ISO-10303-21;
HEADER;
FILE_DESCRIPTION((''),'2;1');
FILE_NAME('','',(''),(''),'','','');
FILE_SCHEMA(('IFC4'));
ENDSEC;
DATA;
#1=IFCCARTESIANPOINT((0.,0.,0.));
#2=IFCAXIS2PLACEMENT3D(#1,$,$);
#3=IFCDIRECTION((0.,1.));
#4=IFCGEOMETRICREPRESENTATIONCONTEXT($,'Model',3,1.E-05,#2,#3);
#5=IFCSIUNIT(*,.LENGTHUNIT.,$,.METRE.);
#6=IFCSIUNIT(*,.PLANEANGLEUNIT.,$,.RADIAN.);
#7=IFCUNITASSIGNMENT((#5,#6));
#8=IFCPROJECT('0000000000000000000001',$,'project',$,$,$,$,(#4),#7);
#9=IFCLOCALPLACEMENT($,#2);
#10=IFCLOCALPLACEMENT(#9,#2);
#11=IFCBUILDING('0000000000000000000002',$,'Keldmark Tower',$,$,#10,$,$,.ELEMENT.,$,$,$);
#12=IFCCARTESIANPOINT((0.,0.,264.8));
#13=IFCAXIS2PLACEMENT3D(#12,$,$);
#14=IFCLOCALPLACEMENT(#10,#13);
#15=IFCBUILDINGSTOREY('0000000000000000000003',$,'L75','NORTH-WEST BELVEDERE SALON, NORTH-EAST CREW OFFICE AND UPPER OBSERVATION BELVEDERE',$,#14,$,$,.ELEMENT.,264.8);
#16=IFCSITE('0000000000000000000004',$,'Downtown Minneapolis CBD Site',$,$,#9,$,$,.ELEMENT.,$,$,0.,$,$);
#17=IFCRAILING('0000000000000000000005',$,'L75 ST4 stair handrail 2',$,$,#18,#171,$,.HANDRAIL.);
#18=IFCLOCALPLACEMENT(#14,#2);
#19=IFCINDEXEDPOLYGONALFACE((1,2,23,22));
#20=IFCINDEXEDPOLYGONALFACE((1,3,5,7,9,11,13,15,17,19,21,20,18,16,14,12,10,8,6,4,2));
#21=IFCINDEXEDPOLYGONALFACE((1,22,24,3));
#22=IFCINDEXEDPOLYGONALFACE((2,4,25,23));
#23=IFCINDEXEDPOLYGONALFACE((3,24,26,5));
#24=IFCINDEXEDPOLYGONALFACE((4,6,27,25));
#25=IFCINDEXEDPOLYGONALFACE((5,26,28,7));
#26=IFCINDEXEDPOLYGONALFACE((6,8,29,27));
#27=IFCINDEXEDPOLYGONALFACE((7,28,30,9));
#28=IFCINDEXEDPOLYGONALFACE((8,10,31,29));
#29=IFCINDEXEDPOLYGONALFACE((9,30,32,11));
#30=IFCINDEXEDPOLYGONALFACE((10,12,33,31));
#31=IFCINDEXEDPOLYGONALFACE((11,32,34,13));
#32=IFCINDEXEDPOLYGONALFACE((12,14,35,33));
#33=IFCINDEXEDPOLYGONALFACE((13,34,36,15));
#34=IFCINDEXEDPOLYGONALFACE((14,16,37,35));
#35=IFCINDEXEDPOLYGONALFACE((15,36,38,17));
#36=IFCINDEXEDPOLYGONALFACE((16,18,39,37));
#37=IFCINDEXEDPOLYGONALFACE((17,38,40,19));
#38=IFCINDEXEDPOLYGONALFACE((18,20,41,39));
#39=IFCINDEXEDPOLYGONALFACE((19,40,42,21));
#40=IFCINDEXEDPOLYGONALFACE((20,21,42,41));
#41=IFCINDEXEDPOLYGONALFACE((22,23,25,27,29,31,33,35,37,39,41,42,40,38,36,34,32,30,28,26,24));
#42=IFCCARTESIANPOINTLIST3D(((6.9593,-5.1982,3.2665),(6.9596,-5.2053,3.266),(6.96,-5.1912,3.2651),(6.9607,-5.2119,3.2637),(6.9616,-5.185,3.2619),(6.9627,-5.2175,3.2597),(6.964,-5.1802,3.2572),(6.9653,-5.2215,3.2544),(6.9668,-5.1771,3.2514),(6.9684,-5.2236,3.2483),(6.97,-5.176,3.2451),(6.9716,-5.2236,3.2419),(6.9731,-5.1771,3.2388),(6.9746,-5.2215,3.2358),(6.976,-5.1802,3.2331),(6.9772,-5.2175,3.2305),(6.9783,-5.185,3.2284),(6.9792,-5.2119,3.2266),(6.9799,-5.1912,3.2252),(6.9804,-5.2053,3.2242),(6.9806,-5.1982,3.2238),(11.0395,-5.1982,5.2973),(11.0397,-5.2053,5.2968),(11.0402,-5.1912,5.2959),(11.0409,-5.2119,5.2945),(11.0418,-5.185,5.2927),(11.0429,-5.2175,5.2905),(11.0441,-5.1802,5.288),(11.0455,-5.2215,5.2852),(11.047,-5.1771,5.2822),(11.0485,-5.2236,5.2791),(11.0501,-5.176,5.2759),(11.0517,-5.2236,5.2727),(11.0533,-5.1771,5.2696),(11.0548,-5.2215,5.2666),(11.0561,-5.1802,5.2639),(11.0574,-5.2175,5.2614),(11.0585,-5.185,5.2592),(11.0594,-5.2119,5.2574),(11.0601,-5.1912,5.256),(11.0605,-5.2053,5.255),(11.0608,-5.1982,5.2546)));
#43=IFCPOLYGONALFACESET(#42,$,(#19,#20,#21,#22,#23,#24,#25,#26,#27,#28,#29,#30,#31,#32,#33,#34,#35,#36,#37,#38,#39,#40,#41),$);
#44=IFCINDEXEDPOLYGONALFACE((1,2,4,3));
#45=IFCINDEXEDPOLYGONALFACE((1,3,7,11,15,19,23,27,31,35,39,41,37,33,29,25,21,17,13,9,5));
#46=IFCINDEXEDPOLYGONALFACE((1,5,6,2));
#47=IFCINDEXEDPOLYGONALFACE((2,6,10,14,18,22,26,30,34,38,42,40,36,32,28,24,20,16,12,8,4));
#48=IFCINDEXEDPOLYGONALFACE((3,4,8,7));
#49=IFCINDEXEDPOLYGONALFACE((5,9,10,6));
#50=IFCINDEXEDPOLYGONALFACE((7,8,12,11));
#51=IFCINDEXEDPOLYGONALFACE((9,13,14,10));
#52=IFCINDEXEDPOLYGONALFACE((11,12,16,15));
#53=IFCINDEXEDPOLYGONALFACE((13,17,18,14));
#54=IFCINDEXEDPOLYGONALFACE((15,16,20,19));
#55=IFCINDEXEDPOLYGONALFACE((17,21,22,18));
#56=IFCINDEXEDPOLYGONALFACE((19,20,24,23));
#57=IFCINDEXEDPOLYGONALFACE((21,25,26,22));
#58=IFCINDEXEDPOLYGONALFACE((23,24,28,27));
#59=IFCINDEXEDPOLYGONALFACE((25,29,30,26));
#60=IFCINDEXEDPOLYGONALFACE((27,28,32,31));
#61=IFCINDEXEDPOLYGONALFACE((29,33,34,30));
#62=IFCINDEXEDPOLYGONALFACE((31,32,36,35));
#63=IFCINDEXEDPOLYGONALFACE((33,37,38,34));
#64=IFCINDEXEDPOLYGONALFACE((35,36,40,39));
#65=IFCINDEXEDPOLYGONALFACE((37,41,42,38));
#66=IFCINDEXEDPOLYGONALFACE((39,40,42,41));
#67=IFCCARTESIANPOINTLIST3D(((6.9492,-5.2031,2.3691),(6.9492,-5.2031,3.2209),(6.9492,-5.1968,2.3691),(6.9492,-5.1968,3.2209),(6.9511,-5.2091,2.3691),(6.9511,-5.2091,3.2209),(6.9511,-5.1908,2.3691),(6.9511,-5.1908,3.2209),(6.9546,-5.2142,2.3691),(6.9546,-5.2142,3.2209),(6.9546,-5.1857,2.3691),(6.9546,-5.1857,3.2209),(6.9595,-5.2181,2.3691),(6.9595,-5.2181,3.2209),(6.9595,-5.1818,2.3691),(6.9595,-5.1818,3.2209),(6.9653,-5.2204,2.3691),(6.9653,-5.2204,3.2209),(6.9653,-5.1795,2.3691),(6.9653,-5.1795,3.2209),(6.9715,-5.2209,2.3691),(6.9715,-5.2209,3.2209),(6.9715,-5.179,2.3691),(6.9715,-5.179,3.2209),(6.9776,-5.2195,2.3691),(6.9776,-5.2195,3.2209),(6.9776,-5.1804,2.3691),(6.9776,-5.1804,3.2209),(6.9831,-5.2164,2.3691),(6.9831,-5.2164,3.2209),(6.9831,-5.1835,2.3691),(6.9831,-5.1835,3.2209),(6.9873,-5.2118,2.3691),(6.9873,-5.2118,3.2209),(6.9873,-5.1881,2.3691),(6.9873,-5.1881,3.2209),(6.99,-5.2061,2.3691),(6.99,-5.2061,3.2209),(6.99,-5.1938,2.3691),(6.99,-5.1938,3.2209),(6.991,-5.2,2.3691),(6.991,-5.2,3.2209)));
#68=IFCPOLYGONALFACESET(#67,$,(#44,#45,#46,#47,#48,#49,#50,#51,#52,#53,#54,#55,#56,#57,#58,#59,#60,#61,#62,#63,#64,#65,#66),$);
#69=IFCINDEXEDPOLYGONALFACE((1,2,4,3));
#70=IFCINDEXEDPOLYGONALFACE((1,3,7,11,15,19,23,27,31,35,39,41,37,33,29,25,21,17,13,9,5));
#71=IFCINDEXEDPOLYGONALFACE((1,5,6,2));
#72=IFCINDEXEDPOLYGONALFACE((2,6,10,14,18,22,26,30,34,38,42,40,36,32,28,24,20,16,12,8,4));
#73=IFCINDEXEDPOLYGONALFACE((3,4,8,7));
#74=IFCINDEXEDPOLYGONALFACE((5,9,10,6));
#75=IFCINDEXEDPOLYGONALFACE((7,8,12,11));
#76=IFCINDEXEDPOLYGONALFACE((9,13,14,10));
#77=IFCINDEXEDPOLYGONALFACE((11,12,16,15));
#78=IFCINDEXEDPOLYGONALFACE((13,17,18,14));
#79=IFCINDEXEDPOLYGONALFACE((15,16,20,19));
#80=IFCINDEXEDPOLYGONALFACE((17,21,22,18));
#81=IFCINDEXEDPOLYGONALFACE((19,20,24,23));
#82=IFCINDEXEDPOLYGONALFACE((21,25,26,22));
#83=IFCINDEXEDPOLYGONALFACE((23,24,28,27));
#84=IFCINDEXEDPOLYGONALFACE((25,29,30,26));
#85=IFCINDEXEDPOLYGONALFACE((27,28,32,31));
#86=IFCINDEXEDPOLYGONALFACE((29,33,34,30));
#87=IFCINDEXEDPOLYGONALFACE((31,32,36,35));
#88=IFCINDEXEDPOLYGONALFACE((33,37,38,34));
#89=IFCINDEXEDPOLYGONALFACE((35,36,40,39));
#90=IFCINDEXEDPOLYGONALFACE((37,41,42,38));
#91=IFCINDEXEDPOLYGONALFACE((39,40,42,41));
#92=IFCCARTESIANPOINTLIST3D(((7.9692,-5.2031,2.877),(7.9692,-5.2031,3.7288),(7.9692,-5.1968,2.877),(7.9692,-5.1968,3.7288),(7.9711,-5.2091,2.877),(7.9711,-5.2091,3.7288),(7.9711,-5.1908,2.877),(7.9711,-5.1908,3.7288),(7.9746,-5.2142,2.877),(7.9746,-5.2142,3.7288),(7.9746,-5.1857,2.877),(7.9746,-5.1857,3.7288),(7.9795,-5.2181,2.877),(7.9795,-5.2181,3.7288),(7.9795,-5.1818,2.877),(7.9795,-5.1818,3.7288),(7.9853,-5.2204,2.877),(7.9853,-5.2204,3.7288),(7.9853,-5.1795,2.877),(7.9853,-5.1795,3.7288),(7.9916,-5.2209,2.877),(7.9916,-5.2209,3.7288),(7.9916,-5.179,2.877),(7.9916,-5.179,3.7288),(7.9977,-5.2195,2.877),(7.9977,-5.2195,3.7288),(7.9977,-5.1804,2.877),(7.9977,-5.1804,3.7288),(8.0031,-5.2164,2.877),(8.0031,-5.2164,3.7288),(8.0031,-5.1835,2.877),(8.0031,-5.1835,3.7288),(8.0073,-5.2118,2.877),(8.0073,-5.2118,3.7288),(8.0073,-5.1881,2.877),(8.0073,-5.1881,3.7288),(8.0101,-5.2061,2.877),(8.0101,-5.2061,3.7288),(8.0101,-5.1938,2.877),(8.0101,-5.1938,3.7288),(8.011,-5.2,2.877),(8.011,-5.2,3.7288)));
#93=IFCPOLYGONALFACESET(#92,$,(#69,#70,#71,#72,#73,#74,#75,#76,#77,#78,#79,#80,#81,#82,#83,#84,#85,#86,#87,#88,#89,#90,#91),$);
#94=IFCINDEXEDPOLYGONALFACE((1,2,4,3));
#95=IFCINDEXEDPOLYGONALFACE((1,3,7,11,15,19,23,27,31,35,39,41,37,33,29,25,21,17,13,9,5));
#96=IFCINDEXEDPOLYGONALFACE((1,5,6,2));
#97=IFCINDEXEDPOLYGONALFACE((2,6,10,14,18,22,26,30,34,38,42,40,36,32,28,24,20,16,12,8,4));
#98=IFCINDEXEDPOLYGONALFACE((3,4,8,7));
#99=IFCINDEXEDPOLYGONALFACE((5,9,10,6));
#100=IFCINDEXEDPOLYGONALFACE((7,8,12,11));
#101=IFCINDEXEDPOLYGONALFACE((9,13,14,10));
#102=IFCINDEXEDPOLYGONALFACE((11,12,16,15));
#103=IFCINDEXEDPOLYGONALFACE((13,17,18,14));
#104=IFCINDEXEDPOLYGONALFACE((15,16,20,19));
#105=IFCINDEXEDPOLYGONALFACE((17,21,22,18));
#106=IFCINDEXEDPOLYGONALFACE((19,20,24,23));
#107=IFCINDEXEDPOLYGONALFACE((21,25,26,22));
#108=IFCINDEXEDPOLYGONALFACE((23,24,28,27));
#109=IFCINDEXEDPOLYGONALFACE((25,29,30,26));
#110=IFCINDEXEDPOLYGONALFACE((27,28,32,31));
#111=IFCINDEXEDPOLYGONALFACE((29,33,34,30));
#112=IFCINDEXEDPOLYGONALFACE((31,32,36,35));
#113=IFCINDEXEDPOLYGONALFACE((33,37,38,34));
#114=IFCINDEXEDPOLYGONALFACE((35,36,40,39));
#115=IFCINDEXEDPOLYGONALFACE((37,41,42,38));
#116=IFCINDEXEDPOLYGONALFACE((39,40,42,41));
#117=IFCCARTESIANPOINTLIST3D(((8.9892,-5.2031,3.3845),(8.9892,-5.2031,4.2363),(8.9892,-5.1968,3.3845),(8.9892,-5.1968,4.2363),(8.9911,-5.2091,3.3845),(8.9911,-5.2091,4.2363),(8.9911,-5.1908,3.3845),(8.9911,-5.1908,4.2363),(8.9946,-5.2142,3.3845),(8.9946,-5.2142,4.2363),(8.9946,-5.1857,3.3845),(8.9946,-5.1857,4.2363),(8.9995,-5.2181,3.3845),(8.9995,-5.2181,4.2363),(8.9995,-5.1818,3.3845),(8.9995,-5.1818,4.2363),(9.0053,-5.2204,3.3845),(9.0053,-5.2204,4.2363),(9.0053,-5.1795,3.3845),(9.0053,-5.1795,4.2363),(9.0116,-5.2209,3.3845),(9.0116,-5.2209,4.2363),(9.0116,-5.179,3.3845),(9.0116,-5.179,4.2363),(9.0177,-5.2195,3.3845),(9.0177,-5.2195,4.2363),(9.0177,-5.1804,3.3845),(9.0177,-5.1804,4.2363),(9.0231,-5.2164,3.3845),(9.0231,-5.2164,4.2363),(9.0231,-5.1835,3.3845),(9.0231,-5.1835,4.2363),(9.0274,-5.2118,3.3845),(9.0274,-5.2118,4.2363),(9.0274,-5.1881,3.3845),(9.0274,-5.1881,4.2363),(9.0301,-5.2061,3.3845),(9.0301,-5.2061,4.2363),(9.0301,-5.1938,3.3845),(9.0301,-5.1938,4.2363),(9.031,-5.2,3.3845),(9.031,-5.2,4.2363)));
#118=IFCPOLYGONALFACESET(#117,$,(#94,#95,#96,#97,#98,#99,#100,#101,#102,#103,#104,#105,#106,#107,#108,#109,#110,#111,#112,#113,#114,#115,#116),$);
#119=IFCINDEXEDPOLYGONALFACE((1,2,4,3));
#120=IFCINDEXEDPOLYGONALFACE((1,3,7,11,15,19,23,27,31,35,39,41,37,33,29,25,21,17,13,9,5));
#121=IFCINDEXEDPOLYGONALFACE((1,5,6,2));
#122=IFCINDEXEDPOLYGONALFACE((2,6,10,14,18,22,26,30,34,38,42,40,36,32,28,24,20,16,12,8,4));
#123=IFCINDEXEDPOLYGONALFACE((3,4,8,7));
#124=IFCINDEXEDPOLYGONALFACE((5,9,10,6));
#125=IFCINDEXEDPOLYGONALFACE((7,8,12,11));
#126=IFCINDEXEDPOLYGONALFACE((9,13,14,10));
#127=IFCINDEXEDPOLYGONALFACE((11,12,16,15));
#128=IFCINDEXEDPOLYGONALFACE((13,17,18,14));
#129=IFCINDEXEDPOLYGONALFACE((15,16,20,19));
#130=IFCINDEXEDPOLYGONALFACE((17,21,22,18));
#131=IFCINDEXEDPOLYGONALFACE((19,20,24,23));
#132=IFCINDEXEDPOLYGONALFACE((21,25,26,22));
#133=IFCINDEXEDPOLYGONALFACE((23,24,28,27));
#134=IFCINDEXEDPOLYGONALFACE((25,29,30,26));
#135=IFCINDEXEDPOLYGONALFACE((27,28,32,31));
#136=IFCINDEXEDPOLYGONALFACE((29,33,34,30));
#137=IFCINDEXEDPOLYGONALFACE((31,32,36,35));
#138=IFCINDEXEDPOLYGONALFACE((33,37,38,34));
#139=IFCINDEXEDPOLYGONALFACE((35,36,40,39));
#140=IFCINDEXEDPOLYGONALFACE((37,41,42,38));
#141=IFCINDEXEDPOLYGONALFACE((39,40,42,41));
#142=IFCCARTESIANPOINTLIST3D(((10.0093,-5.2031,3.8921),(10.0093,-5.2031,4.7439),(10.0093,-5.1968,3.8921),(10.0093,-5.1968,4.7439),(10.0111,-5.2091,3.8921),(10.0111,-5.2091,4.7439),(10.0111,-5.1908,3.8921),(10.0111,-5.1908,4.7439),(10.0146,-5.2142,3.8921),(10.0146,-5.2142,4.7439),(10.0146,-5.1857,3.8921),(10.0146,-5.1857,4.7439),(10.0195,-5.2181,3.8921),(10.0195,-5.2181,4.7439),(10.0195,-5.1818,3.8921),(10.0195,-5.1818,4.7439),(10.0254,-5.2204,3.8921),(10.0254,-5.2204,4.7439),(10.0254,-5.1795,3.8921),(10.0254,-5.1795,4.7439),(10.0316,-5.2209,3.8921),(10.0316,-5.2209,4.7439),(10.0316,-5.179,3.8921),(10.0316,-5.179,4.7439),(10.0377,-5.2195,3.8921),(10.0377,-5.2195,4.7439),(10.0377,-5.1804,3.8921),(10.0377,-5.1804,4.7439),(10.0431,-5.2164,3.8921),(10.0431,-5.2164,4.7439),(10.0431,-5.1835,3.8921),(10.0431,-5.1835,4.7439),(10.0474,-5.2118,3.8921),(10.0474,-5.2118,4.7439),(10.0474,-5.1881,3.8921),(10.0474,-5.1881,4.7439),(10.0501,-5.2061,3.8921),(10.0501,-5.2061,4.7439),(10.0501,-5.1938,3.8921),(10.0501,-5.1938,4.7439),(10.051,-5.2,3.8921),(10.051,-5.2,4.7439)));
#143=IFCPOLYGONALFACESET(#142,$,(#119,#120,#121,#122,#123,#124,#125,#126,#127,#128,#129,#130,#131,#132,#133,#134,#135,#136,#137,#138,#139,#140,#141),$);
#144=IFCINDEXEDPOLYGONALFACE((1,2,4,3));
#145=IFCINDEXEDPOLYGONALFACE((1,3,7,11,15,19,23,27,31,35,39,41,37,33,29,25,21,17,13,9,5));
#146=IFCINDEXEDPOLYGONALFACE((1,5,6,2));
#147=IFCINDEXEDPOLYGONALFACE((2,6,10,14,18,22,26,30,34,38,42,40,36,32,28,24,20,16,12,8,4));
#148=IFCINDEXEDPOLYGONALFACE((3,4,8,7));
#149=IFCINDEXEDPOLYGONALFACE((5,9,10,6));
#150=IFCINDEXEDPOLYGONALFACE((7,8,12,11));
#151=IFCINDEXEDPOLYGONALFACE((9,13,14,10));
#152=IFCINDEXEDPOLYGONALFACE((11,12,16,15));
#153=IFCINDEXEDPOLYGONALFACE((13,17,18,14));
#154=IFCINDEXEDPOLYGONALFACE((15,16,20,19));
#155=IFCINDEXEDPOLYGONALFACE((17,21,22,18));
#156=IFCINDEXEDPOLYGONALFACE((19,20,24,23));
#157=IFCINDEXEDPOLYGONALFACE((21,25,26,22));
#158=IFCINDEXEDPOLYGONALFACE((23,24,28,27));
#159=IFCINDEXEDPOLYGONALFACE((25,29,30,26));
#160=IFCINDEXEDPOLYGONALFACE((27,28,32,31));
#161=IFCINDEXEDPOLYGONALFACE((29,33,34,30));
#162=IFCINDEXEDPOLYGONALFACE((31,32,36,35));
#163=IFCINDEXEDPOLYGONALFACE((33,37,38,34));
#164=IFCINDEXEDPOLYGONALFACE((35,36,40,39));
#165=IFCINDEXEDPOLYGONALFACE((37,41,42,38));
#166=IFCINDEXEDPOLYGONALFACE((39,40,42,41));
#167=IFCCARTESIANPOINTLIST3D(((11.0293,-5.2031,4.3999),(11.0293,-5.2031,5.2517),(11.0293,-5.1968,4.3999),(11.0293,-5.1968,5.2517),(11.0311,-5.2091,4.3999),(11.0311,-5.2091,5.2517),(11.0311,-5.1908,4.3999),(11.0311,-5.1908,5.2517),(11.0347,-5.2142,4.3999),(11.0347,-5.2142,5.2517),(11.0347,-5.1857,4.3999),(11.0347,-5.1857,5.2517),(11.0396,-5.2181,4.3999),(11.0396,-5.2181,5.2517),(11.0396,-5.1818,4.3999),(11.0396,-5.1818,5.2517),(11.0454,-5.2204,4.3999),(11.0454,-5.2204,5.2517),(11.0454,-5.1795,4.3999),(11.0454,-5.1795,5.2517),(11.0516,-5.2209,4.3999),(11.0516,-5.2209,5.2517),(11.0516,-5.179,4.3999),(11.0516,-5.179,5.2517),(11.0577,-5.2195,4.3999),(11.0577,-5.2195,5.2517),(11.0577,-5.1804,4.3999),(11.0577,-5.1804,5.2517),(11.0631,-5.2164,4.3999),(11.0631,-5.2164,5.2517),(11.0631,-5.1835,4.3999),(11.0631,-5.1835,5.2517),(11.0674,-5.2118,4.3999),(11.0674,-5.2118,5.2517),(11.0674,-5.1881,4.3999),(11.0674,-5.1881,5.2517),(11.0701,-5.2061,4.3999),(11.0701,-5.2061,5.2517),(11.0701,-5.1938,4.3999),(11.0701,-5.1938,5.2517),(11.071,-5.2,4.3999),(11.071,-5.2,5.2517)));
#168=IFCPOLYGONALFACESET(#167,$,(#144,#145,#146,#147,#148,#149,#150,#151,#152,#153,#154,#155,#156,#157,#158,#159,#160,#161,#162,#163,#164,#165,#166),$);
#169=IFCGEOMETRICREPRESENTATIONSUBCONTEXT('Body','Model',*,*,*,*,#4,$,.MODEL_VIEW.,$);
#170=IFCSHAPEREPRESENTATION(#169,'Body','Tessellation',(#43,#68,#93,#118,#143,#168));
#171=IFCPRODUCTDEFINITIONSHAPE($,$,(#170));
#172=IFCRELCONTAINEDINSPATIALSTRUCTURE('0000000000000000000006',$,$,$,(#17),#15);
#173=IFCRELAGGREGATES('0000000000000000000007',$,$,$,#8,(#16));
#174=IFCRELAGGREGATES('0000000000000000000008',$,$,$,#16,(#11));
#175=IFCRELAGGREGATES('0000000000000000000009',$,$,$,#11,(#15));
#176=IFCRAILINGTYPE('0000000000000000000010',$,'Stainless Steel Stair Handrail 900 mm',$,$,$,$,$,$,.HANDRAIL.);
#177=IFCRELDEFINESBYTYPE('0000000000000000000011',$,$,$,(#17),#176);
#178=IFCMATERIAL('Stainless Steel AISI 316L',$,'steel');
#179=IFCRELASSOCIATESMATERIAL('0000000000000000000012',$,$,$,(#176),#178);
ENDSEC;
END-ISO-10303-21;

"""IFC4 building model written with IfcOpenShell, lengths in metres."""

from ifc_helpers import new_model, si_unit, direction, frame, origin, origin_2d, place, context, subcontext, project, spatial, circle, extrude, material, type_object, element, save


model = new_model("IFC4")

# Units and contexts
model_context = context("Model", 3, precision=1e-05, world=origin(), true_north=direction((0.0, 1.0)))
body_context = subcontext(model_context, "Body", "Model", "MODEL_VIEW")
ifc_project = project(units=[si_unit("LENGTHUNIT", "METRE"), si_unit("PLANEANGLEUNIT", "RADIAN")], contexts=[model_context])

# Site, building, storey
site_placement = place(None, origin())
site = spatial("IfcSite", under=ifc_project, at=site_placement, Name="Downtown Minneapolis CBD Site", CompositionType="ELEMENT", RefElevation=0.0)
building_placement = place(site_placement, origin())
building = spatial("IfcBuilding", under=site, at=building_placement, Name="Keldmark Tower", CompositionType="ELEMENT")
storey_placement = place(building_placement, frame((0.0, 0.0, 264.8)))
storey = spatial("IfcBuildingStorey", under=building, at=storey_placement, Name="L75", Description="NORTH-WEST BELVEDERE SALON, NORTH-EAST CREW OFFICE AND UPPER OBSERVATION BELVEDERE", CompositionType="ELEMENT", Elevation=264.8)

# Railing
ifc_material_1 = material(Name="Stainless Steel AISI 316L", Category="steel")
railing_type_1 = type_object("IfcRailingType", Name="Stainless Steel Stair Handrail 900 mm", PredefinedType="HANDRAIL", material=ifc_material_1)
railing_1_placement = place(storey_placement, frame((6.97, -5.2, 2.3691)))
element("IfcRailing", 1, at=railing_1_placement, inside=storey, type_object=railing_type_1, Name="L75 ST4 stair handrail 2", PredefinedType="HANDRAIL", context=body_context, shape_type="SweptSolid", body=[
    extrude(circle(Radius=0.0239, at=origin_2d()), frame((0.0, 0.0, 0.876), z_axis=(0.89524, 0.0, 0.445584), x_axis=(0.0, 1.0, 0.0)), (0.0, 0.0, 1.0), 4.5576),
    extrude(circle(Radius=0.021, at=origin_2d()), origin(), (0.0, 0.0, 1.0), 0.8518),
    extrude(circle(Radius=0.021, at=origin_2d()), frame((1.02, 0.0, 0.5078)), (0.0, 0.0, 1.0), 0.8518),
    extrude(circle(Radius=0.021, at=origin_2d()), frame((2.04, 0.0, 1.0154)), (0.0, 0.0, 1.0), 0.8518),
    extrude(circle(Radius=0.021, at=origin_2d()), frame((3.0601, 0.0, 1.5229)), (0.0, 0.0, 1.0), 0.8518),
    extrude(circle(Radius=0.021, at=origin_2d()), frame((4.0801, 0.0, 2.0308)), (0.0, 0.0, 1.0), 0.8518),
])

save(model, "model.ifc")
